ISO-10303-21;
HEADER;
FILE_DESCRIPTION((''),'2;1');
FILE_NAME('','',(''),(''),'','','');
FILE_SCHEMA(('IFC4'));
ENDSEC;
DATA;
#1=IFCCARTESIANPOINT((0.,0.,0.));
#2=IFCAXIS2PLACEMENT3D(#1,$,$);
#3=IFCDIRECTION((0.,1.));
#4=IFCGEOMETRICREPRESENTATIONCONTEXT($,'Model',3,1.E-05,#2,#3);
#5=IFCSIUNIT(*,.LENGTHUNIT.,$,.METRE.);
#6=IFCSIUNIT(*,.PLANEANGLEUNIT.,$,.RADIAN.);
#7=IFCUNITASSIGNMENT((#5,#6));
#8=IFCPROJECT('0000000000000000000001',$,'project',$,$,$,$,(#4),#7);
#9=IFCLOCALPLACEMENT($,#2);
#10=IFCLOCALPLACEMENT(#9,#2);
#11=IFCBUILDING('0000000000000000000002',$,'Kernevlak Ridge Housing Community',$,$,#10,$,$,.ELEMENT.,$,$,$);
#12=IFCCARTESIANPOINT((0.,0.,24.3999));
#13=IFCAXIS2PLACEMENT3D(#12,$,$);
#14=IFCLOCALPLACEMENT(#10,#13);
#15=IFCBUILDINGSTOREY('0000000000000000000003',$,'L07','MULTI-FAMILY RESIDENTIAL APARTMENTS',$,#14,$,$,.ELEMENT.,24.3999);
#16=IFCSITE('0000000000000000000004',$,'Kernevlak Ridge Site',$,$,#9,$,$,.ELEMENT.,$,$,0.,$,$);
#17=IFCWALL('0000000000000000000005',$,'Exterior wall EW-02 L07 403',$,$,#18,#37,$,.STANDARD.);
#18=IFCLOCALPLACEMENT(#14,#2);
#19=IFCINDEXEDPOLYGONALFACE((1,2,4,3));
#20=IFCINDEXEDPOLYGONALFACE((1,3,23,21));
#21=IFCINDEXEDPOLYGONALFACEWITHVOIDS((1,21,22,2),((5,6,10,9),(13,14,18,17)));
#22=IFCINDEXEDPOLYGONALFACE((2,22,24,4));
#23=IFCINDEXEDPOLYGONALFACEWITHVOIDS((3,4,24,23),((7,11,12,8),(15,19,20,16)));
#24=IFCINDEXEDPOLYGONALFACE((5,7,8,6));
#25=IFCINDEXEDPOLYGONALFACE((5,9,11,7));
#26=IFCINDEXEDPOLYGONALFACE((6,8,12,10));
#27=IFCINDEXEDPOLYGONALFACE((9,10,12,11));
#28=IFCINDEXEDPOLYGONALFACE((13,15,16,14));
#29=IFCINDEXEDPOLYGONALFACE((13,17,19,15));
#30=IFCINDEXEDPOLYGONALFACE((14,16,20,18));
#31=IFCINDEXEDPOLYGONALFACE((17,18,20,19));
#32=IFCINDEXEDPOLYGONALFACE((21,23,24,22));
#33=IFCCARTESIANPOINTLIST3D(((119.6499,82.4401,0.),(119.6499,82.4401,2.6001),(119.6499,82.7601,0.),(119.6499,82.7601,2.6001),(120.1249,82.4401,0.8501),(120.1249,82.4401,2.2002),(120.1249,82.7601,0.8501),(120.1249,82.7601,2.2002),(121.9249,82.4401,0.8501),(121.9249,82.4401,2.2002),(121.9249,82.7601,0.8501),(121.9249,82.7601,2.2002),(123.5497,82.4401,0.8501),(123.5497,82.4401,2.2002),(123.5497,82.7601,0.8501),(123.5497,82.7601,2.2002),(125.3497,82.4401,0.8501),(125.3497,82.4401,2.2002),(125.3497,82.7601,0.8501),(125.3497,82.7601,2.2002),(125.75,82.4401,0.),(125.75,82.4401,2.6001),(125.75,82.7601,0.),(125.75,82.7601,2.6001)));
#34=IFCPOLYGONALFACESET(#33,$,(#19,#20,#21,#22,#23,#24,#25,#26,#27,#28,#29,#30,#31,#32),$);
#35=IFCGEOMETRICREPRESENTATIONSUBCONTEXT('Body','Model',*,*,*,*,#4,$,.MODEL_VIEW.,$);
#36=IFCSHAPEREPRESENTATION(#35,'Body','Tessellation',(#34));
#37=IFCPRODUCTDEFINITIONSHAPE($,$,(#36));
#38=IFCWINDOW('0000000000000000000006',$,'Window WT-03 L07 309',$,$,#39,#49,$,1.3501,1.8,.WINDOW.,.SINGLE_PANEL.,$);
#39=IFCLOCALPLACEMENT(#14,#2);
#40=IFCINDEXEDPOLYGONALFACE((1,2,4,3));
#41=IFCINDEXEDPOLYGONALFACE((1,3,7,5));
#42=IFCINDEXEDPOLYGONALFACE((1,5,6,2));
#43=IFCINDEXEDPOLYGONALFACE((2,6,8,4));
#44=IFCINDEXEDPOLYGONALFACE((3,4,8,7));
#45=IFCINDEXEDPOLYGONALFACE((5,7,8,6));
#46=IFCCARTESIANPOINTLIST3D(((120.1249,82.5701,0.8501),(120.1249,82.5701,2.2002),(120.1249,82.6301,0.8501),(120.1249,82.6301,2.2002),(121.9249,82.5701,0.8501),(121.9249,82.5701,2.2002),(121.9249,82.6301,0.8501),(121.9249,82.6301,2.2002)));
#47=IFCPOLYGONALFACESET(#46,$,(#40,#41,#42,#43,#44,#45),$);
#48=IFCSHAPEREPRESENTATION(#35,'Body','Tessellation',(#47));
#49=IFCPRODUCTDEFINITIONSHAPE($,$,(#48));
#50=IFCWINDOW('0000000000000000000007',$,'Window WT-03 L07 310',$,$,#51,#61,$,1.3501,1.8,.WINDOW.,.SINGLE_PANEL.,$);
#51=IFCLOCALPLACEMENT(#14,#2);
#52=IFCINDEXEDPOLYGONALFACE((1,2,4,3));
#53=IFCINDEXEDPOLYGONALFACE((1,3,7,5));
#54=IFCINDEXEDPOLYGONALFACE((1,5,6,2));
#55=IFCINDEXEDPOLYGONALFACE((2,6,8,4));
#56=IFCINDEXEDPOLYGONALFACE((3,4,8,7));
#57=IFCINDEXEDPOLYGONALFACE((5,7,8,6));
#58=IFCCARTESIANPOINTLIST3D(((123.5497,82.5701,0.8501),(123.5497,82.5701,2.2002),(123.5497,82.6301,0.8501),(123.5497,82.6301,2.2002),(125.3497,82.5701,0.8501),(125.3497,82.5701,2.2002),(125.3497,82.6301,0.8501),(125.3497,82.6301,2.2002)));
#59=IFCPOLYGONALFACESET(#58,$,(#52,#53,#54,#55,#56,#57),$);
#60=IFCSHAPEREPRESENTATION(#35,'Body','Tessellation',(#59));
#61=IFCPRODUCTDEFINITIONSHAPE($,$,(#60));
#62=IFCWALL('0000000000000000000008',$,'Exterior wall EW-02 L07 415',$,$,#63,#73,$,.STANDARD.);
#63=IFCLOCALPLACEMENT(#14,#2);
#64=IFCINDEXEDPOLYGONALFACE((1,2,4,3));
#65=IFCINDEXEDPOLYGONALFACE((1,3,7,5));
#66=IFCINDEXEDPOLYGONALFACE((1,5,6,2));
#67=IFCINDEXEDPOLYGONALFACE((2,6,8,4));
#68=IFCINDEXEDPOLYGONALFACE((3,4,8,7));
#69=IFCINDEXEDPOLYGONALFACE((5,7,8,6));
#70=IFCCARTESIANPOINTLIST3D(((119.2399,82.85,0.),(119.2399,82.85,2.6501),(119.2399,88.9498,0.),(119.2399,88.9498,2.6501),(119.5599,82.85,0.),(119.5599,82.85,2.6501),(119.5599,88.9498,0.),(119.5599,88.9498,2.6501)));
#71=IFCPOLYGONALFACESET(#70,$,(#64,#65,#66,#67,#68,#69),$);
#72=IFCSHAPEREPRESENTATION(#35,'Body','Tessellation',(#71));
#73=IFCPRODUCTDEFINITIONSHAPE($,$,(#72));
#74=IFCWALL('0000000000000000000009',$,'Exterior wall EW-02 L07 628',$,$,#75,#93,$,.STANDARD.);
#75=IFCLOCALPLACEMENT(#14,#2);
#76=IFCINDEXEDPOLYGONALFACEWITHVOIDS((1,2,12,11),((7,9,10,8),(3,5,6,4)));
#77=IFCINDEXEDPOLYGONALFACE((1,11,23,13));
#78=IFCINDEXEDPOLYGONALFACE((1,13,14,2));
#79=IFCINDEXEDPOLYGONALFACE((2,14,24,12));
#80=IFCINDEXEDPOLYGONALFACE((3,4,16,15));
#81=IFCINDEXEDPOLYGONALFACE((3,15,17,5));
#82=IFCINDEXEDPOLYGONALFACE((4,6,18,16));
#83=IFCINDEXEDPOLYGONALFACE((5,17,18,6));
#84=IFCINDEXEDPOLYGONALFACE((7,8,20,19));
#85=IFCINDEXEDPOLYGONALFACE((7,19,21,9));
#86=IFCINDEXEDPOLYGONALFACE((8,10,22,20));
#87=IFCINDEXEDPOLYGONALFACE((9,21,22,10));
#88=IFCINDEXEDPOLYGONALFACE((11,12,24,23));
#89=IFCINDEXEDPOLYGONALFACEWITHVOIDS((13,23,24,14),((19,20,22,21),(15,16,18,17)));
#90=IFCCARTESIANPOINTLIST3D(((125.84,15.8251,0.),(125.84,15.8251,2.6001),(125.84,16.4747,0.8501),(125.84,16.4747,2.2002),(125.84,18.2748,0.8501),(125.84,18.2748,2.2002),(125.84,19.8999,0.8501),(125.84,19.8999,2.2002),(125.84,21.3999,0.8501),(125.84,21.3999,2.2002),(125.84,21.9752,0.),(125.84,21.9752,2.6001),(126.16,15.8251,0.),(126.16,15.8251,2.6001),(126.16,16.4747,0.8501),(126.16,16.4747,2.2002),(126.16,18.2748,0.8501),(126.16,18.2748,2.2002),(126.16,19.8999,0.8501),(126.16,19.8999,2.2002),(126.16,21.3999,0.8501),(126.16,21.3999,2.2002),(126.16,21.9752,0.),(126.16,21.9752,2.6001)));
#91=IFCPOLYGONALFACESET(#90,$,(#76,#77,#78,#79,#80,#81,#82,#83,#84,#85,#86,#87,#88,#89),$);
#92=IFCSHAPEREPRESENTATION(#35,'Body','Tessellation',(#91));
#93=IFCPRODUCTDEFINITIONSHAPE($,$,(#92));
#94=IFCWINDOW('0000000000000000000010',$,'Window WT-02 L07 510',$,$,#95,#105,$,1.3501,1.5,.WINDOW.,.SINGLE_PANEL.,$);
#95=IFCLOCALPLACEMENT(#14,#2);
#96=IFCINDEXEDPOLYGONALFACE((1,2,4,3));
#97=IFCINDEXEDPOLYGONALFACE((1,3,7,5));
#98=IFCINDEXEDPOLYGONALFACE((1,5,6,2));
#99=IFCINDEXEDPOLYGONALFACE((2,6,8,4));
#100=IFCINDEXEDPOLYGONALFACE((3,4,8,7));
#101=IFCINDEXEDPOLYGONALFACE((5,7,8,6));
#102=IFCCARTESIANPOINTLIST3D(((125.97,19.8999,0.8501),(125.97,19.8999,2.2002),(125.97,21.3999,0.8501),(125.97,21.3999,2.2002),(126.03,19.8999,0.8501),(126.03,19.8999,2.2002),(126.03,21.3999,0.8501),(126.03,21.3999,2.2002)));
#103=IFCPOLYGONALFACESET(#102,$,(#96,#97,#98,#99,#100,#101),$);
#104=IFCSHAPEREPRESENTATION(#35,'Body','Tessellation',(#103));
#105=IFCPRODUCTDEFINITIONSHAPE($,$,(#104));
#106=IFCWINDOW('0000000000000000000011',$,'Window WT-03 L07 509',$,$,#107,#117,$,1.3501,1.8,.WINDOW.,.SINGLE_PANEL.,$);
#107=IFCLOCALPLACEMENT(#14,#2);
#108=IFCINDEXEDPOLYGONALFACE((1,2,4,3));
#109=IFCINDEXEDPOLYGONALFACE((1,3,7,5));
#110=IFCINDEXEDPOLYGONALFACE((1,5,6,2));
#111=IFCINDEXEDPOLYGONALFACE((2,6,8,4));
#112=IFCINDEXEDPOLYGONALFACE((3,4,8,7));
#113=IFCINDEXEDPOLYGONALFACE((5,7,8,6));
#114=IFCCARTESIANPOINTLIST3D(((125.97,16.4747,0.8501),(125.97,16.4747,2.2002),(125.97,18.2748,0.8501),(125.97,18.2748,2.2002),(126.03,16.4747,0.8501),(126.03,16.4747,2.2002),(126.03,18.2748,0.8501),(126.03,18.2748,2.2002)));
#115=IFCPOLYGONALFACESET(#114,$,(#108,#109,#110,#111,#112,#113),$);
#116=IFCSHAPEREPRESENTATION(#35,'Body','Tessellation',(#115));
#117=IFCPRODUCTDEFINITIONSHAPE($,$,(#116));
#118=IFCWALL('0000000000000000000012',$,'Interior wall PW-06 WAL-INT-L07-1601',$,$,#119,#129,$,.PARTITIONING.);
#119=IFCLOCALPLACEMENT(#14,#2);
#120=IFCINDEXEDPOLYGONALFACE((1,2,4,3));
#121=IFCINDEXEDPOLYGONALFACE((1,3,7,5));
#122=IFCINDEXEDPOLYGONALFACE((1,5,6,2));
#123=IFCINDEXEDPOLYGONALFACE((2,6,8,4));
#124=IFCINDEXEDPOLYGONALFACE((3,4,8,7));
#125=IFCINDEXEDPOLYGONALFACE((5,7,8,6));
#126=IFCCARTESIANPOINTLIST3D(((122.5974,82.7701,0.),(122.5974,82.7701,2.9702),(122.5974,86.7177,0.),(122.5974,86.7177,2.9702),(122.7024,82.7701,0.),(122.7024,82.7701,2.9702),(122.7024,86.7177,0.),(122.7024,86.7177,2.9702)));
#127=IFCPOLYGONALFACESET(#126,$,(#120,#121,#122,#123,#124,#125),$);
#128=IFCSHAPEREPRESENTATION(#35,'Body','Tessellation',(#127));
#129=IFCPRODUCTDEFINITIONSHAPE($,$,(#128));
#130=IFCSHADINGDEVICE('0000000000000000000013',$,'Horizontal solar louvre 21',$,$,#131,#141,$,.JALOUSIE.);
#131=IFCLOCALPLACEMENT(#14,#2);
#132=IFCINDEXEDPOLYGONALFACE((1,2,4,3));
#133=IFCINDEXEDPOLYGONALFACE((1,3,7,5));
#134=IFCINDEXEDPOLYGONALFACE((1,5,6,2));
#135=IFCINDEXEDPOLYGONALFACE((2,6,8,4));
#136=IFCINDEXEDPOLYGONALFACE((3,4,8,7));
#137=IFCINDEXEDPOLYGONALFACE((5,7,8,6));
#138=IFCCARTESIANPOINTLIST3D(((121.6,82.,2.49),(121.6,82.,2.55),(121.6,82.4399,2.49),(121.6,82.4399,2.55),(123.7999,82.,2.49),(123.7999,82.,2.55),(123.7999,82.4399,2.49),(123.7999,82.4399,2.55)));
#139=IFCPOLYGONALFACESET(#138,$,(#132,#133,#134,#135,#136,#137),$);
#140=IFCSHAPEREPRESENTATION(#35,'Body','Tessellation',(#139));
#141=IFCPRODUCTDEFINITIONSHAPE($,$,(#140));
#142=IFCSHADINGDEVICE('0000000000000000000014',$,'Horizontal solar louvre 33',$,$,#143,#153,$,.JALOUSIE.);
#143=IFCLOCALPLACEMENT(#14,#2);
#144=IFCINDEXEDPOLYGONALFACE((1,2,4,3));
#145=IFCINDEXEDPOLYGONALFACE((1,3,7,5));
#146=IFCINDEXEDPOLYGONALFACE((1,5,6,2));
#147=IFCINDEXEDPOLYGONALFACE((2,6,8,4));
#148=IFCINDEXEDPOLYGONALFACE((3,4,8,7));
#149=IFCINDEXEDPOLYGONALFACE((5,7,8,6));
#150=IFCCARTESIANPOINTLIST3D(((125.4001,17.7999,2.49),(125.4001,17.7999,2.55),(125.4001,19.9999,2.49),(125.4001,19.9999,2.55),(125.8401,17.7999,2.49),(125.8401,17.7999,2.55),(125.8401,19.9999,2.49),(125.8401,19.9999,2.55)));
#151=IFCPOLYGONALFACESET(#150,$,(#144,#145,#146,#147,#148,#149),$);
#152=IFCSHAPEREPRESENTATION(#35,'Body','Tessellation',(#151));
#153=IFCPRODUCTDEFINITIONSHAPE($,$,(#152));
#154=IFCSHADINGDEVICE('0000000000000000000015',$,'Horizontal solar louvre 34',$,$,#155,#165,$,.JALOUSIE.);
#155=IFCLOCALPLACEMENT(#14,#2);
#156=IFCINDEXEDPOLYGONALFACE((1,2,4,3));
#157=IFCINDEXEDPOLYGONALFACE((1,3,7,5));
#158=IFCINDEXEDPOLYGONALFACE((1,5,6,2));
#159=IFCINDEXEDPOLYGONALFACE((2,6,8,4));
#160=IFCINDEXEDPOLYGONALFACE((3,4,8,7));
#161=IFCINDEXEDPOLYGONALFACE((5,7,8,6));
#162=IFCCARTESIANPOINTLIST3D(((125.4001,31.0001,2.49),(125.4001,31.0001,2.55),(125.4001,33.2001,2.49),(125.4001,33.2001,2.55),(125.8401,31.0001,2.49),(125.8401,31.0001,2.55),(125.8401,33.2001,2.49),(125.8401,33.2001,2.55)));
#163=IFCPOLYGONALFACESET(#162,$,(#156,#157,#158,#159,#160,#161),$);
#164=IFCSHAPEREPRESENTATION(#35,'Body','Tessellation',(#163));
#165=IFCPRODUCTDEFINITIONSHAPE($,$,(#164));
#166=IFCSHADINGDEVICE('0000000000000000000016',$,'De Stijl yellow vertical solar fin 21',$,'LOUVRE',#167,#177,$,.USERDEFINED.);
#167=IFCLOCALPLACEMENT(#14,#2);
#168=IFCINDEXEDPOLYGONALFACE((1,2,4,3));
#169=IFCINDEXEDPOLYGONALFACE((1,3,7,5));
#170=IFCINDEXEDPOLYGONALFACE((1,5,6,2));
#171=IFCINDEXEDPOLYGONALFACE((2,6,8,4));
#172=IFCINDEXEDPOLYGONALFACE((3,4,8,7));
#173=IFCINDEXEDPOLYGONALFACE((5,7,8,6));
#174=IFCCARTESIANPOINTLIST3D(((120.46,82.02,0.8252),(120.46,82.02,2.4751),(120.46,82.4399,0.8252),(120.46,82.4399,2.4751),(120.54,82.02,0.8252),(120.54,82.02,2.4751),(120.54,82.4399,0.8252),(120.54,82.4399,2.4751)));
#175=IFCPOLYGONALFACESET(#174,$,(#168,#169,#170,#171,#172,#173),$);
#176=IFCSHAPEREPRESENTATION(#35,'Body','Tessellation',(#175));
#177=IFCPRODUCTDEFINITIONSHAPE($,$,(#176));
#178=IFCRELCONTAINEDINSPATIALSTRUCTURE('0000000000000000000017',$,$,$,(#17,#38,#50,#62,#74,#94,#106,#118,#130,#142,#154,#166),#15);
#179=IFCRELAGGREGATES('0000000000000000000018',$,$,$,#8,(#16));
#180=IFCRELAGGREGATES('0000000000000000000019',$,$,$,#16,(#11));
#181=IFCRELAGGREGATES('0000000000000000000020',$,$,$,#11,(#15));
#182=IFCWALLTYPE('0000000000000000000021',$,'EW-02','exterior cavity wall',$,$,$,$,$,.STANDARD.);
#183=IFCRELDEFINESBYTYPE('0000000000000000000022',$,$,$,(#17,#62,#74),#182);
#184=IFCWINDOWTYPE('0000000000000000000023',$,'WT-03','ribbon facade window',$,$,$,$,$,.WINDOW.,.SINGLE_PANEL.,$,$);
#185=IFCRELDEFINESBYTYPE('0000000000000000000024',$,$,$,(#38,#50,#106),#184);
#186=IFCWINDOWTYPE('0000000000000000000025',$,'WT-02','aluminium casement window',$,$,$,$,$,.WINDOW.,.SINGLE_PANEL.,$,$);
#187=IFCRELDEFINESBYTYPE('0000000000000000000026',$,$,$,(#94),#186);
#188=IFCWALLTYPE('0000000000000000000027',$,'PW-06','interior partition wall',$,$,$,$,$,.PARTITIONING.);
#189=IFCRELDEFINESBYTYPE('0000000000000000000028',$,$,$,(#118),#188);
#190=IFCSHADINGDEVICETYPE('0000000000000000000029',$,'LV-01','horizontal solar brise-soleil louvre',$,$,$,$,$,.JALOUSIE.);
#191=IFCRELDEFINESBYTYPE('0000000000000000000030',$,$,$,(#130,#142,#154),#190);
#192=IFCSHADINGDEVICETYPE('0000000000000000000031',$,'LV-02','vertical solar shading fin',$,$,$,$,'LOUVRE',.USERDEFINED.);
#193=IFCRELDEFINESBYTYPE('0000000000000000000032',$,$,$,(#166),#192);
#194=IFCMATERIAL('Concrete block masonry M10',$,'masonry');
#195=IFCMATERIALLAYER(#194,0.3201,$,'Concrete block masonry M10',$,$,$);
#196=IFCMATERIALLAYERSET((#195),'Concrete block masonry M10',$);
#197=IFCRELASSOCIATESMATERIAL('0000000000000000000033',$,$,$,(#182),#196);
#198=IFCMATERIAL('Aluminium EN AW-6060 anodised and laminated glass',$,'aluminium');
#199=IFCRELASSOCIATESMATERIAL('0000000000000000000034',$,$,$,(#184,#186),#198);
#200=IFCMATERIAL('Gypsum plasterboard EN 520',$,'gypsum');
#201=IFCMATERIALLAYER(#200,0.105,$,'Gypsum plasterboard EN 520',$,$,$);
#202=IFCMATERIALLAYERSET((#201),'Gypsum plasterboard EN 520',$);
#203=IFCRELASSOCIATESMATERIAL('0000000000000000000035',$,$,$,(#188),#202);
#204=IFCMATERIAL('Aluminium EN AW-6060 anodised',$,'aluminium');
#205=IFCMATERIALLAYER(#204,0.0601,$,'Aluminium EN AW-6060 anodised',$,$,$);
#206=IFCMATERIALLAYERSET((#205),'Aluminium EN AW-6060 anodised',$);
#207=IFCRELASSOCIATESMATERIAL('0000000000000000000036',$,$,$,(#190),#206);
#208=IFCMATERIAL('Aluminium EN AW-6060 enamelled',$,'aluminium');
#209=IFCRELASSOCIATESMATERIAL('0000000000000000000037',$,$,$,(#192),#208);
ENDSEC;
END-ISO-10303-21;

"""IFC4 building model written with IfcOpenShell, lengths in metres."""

from ifc_helpers import new_model, si_unit, direction, frame, frame_2d, origin, origin_2d, place, context, subcontext, project, spatial, rectangle, extrude, material, layer, layer_set, type_object, element, fill, save


model = new_model("IFC4")

# Units and contexts
model_context = context("Model", 3, precision=1e-05, world=origin(), true_north=direction((0.0, 1.0)))
body_context = subcontext(model_context, "Body", "Model", "MODEL_VIEW")
ifc_project = project(units=[si_unit("LENGTHUNIT", "METRE"), si_unit("PLANEANGLEUNIT", "RADIAN")], contexts=[model_context])

# Site, building, storey
site_placement = place(None, origin())
site = spatial("IfcSite", under=ifc_project, at=site_placement, Name="Kernevlak Ridge Site", CompositionType="ELEMENT", RefElevation=0.0)
building_placement = place(site_placement, origin())
building = spatial("IfcBuilding", under=site, at=building_placement, Name="Kernevlak Ridge Housing Community", CompositionType="ELEMENT")
storey_placement = place(building_placement, frame((0.0, 0.0, 24.3999)))
storey = spatial("IfcBuildingStorey", under=building, at=storey_placement, Name="L07", Description="MULTI-FAMILY RESIDENTIAL APARTMENTS", CompositionType="ELEMENT", Elevation=24.3999)

# Shared definitions
ifc_material_1 = material(Name="Aluminium EN AW-6060 anodised and laminated glass", Category="aluminium")
ifc_material_2 = material(Name="Aluminium EN AW-6060 anodised", Category="aluminium")

# Wall, openings, windows
ifc_material_3 = material(Name="Concrete block masonry M10", Category="masonry")
ifc_layer_1 = layer(ifc_material_3, 0.3201, Name="Concrete block masonry M10")
ifc_layer_set_1 = layer_set([ifc_layer_1], Name="Concrete block masonry M10")
wall_type_1 = type_object("IfcWallType", Name="EW-02", Description="exterior cavity wall", PredefinedType="STANDARD", material=ifc_layer_set_1)
wall_1_placement = place(storey_placement, frame((119.6499, 82.6001, 0.0), z_axis=(0.0, 0.0, 1.0), x_axis=(1.0, 0.0, 0.0)))
wall_1 = element("IfcWall", 1, at=wall_1_placement, inside=storey, type_object=wall_type_1, Name="Exterior wall EW-02 L07 403", PredefinedType="STANDARD", context=body_context, shape_type="SweptSolid", body=[
    extrude(rectangle(XDim=6.1001, YDim=0.3201, at=frame_2d((3.05, 0.0))), origin(), (0.0, 0.0, 1.0), 2.6001),
])
opening_1_placement = place(wall_1_placement, frame((0.4751, 0.0, 0.8501)))
opening_1 = element("IfcOpeningElement", 2, at=opening_1_placement, cuts=wall_1, PredefinedType="OPENING", context=body_context, shape_type="SweptSolid", body=[
    extrude(rectangle(XDim=1.8, YDim=1.3501, at=frame_2d((0.8999, 0.675))), frame((0.0, 0.1699, 0.0), z_axis=(0.0, -1.0, 0.0), x_axis=(1.0, 0.0, 0.0)), (0.0, 0.0, 1.0), 0.3401),
])
opening_2_placement = place(wall_1_placement, frame((3.8999, 0.0, 0.8501)))
opening_2 = element("IfcOpeningElement", 3, at=opening_2_placement, cuts=wall_1, PredefinedType="OPENING", context=body_context, shape_type="SweptSolid", body=[
    extrude(rectangle(XDim=1.8, YDim=1.3501, at=frame_2d((0.8999, 0.675))), frame((0.0, 0.1699, 0.0), z_axis=(0.0, -1.0, 0.0), x_axis=(1.0, 0.0, 0.0)), (0.0, 0.0, 1.0), 0.3401),
])
window_type_1 = type_object("IfcWindowType", Name="WT-03", Description="ribbon facade window", PartitioningType="SINGLE_PANEL", PredefinedType="WINDOW", material=ifc_material_1)
window_1_placement = place(opening_1_placement, origin())
window_1 = element("IfcWindow", 4, at=window_1_placement, inside=storey, type_object=window_type_1, Name="Window WT-03 L07 309", OverallHeight=1.3501, OverallWidth=1.8, PartitioningType="SINGLE_PANEL", PredefinedType="WINDOW", context=body_context, shape_type="SweptSolid", body=[
    extrude(rectangle(XDim=1.8, YDim=1.3501, at=frame_2d((0.8999, 0.675))), frame((0.0, 0.03, 0.0), z_axis=(0.0, -1.0, 0.0), x_axis=(1.0, 0.0, 0.0)), (0.0, 0.0, 1.0), 0.0601),
])
fill(opening_1, window_1)
window_2_placement = place(opening_2_placement, origin())
window_2 = element("IfcWindow", 5, at=window_2_placement, inside=storey, type_object=window_type_1, Name="Window WT-03 L07 310", OverallHeight=1.3501, OverallWidth=1.8, PartitioningType="SINGLE_PANEL", PredefinedType="WINDOW", context=body_context, shape_type="SweptSolid", body=[
    extrude(rectangle(XDim=1.8, YDim=1.3501, at=frame_2d((0.8999, 0.675))), frame((0.0, 0.03, 0.0), z_axis=(0.0, -1.0, 0.0), x_axis=(1.0, 0.0, 0.0)), (0.0, 0.0, 1.0), 0.0601),
])
fill(opening_2, window_2)

# Wall
wall_2_placement = place(storey_placement, frame((119.3999, 82.8501, 0.0), z_axis=(0.0, 0.0, 1.0), x_axis=(0.0, 1.0, 0.0)))
element("IfcWall", 6, at=wall_2_placement, inside=storey, type_object=wall_type_1, Name="Exterior wall EW-02 L07 415", PredefinedType="STANDARD", context=body_context, shape_type="SweptSolid", body=[
    extrude(rectangle(XDim=6.0999, YDim=0.3201, at=frame_2d((3.0498, 0.0))), origin(), (0.0, 0.0, 1.0), 2.6501),
])

# Wall, openings, windows
wall_3_placement = place(storey_placement, frame((126.0, 15.825, 0.0), z_axis=(0.0, 0.0, 1.0), x_axis=(0.0, 1.0, 0.0)))
wall_3 = element("IfcWall", 7, at=wall_3_placement, inside=storey, type_object=wall_type_1, Name="Exterior wall EW-02 L07 628", PredefinedType="STANDARD", context=body_context, shape_type="SweptSolid", body=[
    extrude(rectangle(XDim=6.1501, YDim=0.3201, at=frame_2d((3.0752, 0.0))), origin(), (0.0, 0.0, 1.0), 2.6001),
])
opening_3_placement = place(wall_3_placement, frame((0.6499, 0.0, 0.8501)))
opening_3 = element("IfcOpeningElement", 8, at=opening_3_placement, cuts=wall_3, PredefinedType="OPENING", context=body_context, shape_type="SweptSolid", body=[
    extrude(rectangle(XDim=1.8, YDim=1.3501, at=frame_2d((0.8999, 0.675))), frame((0.0, 0.1699, 0.0), z_axis=(0.0, -1.0, 0.0), x_axis=(1.0, 0.0, 0.0)), (0.0, 0.0, 1.0), 0.3401),
])
opening_4_placement = place(wall_3_placement, frame((4.075, 0.0, 0.8501)))
opening_4 = element("IfcOpeningElement", 9, at=opening_4_placement, cuts=wall_3, PredefinedType="OPENING", context=body_context, shape_type="SweptSolid", body=[
    extrude(rectangle(XDim=1.5, YDim=1.3501, at=frame_2d((0.75, 0.675))), frame((0.0, 0.1699, 0.0), z_axis=(0.0, -1.0, 0.0), x_axis=(1.0, 0.0, 0.0)), (0.0, 0.0, 1.0), 0.3401),
])
window_type_2 = type_object("IfcWindowType", Name="WT-02", Description="aluminium casement window", PartitioningType="SINGLE_PANEL", PredefinedType="WINDOW", material=ifc_material_1)
window_3_placement = place(opening_4_placement, origin())
window_3 = element("IfcWindow", 10, at=window_3_placement, inside=storey, type_object=window_type_2, Name="Window WT-02 L07 510", OverallHeight=1.3501, OverallWidth=1.5, PartitioningType="SINGLE_PANEL", PredefinedType="WINDOW", context=body_context, shape_type="SweptSolid", body=[
    extrude(rectangle(XDim=1.5, YDim=1.3501, at=frame_2d((0.75, 0.675))), frame((0.0, 0.03, 0.0), z_axis=(0.0, -1.0, 0.0), x_axis=(1.0, 0.0, 0.0)), (0.0, 0.0, 1.0), 0.0601),
])
fill(opening_4, window_3)
window_4_placement = place(opening_3_placement, origin())
window_4 = element("IfcWindow", 11, at=window_4_placement, inside=storey, type_object=window_type_1, Name="Window WT-03 L07 509", OverallHeight=1.3501, OverallWidth=1.8, PartitioningType="SINGLE_PANEL", PredefinedType="WINDOW", context=body_context, shape_type="SweptSolid", body=[
    extrude(rectangle(XDim=1.8, YDim=1.3501, at=frame_2d((0.8999, 0.675))), frame((0.0, 0.03, 0.0), z_axis=(0.0, -1.0, 0.0), x_axis=(1.0, 0.0, 0.0)), (0.0, 0.0, 1.0), 0.0601),
])
fill(opening_3, window_4)

# Wall
ifc_material_4 = material(Name="Gypsum plasterboard EN 520", Category="gypsum")
ifc_layer_2 = layer(ifc_material_4, 0.105, Name="Gypsum plasterboard EN 520")
ifc_layer_set_2 = layer_set([ifc_layer_2], Name="Gypsum plasterboard EN 520")
wall_type_2 = type_object("IfcWallType", Name="PW-06", Description="interior partition wall", PredefinedType="PARTITIONING", material=ifc_layer_set_2)
wall_4_placement = place(storey_placement, frame((122.6499, 86.7175, 0.0), z_axis=(0.0, 0.0, 1.0), x_axis=(0.0, -1.0, 0.0)))
element("IfcWall", 12, at=wall_4_placement, inside=storey, type_object=wall_type_2, Name="Interior wall PW-06 WAL-INT-L07-1601", PredefinedType="PARTITIONING", context=body_context, shape_type="SweptSolid", body=[
    extrude(rectangle(XDim=3.9475, YDim=0.105, at=frame_2d((1.9736, 0.0))), origin(), (0.0, 0.0, 1.0), 2.9702),
])

# Shading devices
ifc_layer_3 = layer(ifc_material_2, 0.0601, Name="Aluminium EN AW-6060 anodised")
ifc_layer_set_3 = layer_set([ifc_layer_3], Name="Aluminium EN AW-6060 anodised")
shading_device_type_1 = type_object("IfcShadingDeviceType", Name="LV-01", Description="horizontal solar brise-soleil louvre", PredefinedType="JALOUSIE", material=ifc_layer_set_3)
for number, where, z_axis, x_axis, name in (
    (13, (122.7, 82.22, 2.49), (0.0, 0.0, 1.0), (1.0, 0.0, 0.0), "Horizontal solar louvre 21"),
    (14, (125.6201, 18.8999, 2.49), (0.0, 0.0, 1.0), (0.0, 1.0, 0.0), "Horizontal solar louvre 33"),
    (15, (125.6201, 32.1001, 2.49), (0.0, 0.0, 1.0), (0.0, 1.0, 0.0), "Horizontal solar louvre 34"),
):
    element("IfcShadingDevice", number, at=place(storey_placement, frame(where, z_axis=z_axis, x_axis=x_axis)), inside=storey, type_object=shading_device_type_1, Name=name, PredefinedType="JALOUSIE", context=body_context, shape_type="SweptSolid", body=[
        extrude(rectangle(XDim=2.2, YDim=0.4399, at=origin_2d()), origin(), (0.0, 0.0, 1.0), 0.0601),
    ])
ifc_material_5 = material(Name="Aluminium EN AW-6060 enamelled", Category="aluminium")
shading_device_type_2 = type_object("IfcShadingDeviceType", Name="LV-02", Description="vertical solar shading fin", ElementType="LOUVRE", PredefinedType="USERDEFINED", material=ifc_material_5)
for number, where, z_axis, x_axis, name in (
    (16, (120.5, 82.23, 0.8252), (0.0, 0.0, 1.0), (1.0, 0.0, 0.0), "De Stijl yellow vertical solar fin 21"),
):
    element("IfcShadingDevice", number, at=place(storey_placement, frame(where, z_axis=z_axis, x_axis=x_axis)), inside=storey, type_object=shading_device_type_2, Name=name, ObjectType="LOUVRE", PredefinedType="USERDEFINED", context=body_context, shape_type="SweptSolid", body=[
        extrude(rectangle(XDim=0.0801, YDim=0.4199, at=origin_2d()), origin(), (0.0, 0.0, 1.0), 1.6499),
    ])

save(model, "model.ifc")
